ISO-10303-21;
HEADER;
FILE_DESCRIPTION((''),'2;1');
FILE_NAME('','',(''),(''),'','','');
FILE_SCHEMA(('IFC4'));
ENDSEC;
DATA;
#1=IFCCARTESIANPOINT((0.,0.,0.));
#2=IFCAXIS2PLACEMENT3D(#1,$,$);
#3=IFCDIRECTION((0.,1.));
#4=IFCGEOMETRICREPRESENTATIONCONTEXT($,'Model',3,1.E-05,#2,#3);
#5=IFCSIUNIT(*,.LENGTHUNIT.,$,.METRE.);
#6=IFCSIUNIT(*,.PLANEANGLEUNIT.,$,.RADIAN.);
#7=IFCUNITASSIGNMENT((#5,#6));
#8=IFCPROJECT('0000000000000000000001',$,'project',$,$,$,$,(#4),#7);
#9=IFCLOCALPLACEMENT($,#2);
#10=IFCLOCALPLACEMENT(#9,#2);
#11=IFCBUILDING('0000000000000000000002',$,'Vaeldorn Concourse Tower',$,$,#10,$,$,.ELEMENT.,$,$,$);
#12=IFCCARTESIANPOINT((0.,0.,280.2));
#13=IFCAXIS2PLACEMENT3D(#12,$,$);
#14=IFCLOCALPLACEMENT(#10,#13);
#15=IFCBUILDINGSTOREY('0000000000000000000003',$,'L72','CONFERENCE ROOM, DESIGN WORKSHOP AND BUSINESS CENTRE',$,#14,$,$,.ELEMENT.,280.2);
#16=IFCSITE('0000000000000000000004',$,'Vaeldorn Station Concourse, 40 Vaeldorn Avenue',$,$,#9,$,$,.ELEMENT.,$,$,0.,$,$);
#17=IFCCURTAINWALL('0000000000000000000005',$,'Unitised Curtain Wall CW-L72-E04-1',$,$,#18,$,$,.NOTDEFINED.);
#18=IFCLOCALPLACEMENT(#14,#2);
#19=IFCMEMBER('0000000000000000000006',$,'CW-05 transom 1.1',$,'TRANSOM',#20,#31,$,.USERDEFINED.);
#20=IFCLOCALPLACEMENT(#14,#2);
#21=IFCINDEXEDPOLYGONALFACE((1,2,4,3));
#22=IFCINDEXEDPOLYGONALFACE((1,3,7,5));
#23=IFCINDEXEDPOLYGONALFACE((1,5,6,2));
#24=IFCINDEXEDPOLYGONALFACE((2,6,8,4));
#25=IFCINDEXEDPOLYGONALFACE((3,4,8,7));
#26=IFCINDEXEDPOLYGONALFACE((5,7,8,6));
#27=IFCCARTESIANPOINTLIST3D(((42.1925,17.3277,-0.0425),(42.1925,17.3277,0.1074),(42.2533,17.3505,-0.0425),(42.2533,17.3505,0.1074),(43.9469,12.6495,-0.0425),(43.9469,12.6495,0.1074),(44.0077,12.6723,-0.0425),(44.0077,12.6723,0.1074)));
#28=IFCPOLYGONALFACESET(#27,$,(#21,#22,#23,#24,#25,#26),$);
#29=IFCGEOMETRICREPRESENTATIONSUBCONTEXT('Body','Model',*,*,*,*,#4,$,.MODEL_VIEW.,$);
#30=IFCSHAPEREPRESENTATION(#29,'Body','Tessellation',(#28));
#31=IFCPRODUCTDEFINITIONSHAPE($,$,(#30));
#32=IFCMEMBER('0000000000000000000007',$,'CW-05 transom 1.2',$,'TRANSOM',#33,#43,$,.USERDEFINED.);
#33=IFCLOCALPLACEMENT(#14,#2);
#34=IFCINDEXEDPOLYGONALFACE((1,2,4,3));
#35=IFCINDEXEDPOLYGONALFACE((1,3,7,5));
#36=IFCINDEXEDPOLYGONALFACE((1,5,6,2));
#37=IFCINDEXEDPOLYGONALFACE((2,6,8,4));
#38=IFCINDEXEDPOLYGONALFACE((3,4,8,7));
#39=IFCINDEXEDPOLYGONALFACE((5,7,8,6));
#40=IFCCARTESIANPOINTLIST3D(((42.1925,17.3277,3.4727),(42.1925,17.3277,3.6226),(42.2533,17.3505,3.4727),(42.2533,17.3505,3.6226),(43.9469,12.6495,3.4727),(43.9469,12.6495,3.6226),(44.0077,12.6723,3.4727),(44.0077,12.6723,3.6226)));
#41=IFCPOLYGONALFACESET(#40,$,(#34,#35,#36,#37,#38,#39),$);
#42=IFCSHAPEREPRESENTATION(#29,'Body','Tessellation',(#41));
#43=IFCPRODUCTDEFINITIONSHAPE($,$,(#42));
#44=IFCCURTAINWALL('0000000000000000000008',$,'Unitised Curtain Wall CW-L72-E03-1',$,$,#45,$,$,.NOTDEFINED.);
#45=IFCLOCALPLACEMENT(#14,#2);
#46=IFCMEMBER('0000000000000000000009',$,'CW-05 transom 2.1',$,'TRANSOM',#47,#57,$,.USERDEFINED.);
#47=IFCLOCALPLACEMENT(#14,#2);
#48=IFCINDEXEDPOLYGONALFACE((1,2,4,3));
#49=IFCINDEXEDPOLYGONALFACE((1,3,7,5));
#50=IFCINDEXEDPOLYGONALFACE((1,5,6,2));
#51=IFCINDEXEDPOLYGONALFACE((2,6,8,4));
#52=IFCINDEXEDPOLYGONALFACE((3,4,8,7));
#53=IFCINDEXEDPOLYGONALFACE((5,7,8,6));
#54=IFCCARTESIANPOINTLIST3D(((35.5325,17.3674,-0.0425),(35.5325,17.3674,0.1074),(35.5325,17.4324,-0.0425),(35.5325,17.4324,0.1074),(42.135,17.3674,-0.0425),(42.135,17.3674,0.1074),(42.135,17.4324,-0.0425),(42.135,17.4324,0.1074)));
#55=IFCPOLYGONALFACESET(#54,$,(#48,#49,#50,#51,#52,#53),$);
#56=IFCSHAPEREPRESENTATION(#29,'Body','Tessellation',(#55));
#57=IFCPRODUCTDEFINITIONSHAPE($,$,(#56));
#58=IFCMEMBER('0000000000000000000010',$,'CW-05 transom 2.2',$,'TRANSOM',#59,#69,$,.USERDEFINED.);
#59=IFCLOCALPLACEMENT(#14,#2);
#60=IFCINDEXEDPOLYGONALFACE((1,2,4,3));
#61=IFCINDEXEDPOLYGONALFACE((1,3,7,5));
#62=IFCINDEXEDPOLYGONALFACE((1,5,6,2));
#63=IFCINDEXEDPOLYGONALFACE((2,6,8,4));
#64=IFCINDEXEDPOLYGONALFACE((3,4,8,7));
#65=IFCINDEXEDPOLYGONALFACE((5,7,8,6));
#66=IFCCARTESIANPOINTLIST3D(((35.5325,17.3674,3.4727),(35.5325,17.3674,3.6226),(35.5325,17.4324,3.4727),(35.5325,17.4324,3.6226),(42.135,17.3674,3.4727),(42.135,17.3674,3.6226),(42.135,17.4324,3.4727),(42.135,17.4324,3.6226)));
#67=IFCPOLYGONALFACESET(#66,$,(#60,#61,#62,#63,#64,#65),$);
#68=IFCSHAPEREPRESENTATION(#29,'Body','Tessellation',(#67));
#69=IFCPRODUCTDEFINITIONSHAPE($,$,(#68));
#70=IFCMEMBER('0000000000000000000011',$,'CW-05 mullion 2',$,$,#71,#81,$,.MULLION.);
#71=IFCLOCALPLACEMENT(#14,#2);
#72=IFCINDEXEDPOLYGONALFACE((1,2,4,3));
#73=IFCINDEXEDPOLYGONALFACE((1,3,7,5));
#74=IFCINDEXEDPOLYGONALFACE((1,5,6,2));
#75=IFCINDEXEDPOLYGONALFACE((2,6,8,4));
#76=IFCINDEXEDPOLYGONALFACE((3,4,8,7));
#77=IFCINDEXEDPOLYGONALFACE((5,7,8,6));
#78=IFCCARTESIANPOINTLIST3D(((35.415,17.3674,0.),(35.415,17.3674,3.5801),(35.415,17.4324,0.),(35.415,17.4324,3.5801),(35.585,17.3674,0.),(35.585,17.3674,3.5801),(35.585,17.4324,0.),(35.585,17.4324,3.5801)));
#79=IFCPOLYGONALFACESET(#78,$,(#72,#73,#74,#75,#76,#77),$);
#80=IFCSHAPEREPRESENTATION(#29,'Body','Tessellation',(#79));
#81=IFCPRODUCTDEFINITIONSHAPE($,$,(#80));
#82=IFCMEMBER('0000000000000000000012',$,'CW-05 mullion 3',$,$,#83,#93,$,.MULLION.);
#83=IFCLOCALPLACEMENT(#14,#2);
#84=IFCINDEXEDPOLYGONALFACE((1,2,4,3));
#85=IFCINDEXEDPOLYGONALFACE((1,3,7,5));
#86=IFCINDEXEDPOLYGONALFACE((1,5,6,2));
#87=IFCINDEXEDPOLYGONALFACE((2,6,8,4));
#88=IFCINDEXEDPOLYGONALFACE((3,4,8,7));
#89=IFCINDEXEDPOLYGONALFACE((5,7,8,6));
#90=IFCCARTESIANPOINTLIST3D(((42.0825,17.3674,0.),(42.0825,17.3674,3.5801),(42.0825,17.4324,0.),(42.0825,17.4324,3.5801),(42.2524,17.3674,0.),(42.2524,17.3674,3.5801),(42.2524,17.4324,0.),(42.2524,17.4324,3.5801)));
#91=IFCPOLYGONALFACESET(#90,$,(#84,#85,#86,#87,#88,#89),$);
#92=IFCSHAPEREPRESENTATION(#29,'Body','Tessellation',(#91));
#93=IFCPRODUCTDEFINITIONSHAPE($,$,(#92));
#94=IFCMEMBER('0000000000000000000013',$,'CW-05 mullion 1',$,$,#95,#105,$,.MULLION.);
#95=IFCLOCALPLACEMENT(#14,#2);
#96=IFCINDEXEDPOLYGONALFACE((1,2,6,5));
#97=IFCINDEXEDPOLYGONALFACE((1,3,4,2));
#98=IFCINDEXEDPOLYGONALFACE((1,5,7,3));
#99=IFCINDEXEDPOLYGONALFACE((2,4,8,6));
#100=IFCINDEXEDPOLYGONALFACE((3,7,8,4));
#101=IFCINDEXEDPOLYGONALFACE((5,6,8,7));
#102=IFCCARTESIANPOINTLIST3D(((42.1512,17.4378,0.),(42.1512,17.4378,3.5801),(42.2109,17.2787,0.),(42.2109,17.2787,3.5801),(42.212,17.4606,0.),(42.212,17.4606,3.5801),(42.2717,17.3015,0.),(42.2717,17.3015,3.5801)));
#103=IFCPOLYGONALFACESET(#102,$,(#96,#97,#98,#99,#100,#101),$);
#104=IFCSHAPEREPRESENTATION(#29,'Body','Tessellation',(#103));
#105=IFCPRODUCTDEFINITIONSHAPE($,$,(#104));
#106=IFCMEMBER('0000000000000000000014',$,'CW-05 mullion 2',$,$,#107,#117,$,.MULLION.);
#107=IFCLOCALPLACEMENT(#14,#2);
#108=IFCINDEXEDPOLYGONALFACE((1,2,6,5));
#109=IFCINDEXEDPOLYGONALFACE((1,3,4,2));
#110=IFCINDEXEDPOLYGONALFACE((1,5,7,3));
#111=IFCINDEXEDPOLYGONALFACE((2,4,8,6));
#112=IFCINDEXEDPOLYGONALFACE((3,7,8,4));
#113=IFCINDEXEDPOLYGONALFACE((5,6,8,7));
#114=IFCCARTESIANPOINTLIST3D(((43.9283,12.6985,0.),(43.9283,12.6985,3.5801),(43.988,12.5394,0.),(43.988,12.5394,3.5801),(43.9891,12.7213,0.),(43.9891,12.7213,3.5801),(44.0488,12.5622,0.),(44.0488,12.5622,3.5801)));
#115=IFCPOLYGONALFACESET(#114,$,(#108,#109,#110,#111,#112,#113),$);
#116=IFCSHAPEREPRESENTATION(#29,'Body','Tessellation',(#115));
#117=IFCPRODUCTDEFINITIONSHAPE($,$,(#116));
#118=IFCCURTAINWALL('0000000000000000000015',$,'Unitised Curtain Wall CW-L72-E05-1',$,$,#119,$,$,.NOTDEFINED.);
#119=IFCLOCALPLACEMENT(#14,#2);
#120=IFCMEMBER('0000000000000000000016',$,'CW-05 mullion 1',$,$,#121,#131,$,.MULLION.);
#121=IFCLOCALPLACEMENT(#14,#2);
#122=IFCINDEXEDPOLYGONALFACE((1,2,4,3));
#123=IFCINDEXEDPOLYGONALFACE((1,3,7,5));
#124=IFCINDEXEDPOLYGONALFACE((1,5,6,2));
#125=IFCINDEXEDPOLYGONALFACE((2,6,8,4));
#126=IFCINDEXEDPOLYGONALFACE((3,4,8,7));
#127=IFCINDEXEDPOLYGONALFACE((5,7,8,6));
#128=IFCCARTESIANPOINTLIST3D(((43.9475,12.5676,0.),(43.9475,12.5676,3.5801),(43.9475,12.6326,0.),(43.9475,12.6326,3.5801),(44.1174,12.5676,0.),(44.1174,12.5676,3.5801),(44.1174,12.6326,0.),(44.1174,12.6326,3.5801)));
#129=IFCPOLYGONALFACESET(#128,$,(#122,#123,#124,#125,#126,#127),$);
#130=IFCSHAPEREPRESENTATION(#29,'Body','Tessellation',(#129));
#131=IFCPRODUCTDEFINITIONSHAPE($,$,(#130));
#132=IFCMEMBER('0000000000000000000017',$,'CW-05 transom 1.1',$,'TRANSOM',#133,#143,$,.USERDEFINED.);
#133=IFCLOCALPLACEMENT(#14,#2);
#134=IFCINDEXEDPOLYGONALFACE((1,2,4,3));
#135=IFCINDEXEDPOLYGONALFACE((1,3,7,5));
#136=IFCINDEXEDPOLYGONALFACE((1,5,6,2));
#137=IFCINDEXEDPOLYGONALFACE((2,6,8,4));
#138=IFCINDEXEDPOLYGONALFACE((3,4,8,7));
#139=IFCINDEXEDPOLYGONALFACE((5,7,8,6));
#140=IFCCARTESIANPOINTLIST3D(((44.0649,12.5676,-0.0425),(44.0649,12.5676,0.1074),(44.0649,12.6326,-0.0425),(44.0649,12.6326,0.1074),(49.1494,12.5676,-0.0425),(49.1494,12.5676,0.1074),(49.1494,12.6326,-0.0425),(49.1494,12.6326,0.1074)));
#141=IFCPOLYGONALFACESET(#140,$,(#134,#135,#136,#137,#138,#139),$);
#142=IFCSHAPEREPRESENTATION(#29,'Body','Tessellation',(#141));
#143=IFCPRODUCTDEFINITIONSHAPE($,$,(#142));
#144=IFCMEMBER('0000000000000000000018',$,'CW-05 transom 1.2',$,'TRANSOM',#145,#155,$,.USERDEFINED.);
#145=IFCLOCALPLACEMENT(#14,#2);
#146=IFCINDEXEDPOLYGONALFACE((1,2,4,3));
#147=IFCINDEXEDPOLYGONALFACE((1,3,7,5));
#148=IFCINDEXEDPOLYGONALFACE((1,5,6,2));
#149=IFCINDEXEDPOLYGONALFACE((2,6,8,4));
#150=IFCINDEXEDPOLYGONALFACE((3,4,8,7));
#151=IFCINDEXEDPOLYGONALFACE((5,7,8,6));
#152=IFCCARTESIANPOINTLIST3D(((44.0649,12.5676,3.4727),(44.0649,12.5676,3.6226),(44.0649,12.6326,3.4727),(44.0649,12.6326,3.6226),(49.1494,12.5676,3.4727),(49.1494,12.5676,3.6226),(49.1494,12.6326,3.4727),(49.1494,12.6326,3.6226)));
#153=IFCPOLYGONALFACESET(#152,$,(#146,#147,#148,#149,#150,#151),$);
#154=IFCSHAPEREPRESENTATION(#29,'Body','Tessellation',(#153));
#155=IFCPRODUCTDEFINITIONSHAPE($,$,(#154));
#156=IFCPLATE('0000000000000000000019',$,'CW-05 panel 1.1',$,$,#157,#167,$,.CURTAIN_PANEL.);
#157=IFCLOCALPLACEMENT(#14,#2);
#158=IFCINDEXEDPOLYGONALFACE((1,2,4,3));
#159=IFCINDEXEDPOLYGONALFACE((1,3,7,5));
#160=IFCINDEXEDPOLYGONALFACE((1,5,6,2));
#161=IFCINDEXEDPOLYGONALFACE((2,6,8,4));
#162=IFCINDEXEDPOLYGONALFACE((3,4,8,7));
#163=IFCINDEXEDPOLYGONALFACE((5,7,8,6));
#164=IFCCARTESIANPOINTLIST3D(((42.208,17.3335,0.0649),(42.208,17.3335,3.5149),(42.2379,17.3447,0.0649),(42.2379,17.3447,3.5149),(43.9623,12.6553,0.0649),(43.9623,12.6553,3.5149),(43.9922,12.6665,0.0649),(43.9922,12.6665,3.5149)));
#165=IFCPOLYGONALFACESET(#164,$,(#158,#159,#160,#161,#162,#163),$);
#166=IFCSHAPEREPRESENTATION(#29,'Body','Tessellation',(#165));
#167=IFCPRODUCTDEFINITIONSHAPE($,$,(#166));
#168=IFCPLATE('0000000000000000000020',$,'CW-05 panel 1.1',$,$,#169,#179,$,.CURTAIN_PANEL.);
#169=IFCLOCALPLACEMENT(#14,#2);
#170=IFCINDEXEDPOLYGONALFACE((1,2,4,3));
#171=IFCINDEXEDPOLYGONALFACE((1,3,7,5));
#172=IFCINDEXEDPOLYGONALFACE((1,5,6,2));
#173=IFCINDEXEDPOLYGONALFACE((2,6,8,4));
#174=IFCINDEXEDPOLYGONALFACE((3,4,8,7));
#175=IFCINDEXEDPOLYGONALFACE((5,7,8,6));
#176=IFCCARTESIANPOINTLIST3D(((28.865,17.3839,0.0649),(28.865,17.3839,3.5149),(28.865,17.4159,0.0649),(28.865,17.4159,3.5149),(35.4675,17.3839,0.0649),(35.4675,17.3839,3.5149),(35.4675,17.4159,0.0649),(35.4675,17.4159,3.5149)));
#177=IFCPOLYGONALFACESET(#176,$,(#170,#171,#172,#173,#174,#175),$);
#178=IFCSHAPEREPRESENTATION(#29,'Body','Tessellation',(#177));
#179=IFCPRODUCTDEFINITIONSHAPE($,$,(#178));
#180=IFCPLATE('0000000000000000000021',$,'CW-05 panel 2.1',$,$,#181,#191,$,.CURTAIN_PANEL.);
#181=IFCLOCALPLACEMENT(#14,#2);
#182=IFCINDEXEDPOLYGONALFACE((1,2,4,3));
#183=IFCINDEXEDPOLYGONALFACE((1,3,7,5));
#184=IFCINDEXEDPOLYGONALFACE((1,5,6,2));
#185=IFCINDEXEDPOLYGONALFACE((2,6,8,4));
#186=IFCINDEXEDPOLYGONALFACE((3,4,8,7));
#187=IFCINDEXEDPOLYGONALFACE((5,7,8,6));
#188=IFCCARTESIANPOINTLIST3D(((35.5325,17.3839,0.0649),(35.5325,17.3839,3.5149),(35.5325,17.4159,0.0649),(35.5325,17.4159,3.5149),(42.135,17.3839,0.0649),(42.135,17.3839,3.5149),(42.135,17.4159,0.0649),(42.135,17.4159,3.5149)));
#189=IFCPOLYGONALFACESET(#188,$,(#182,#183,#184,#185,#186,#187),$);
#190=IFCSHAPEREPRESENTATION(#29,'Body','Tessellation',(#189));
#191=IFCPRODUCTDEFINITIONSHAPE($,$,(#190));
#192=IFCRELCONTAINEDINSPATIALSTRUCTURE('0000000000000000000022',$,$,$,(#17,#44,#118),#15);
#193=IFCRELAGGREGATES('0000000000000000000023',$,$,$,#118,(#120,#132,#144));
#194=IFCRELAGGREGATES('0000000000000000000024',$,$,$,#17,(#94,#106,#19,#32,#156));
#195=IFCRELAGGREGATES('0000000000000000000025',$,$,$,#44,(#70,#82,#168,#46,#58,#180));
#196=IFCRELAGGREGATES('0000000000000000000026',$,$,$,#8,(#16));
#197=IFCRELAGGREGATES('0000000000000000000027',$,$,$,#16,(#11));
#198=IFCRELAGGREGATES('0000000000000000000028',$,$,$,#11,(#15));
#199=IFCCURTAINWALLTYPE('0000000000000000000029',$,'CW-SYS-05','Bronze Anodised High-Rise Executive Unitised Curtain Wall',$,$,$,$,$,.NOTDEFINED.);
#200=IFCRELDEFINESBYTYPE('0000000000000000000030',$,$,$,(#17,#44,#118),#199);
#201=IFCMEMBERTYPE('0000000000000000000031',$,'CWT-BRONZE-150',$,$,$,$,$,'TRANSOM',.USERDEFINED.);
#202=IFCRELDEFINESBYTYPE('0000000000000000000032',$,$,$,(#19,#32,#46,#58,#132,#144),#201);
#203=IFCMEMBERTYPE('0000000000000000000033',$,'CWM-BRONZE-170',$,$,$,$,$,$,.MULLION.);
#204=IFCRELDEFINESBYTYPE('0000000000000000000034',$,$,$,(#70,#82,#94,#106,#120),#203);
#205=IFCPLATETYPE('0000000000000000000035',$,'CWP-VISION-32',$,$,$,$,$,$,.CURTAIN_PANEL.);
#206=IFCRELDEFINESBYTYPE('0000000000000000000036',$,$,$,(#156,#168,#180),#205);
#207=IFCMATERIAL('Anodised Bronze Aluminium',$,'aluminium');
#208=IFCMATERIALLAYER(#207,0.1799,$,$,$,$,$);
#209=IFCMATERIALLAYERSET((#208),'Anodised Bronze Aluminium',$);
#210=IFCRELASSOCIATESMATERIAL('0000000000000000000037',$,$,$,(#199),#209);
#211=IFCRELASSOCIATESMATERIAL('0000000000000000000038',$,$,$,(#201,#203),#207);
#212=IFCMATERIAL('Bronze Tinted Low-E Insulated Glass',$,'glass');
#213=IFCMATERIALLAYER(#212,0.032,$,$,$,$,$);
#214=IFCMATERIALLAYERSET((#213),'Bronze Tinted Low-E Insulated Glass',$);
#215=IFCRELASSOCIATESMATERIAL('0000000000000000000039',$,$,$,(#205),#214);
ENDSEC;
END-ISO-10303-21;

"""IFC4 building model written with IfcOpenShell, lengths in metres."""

from ifc_helpers import new_model, si_unit, direction, frame, origin, origin_2d, place, context, subcontext, project, spatial, rectangle, extrude, source, transform, mapped, material, layer, layer_set, material_profile, profile_set, type_object, element, aggregate, save


model = new_model("IFC4")

# Units and contexts
model_context = context("Model", 3, precision=1e-05, world=origin(), true_north=direction((0.0, 1.0)))
body_context = subcontext(model_context, "Body", "Model", "MODEL_VIEW")
ifc_project = project(units=[si_unit("LENGTHUNIT", "METRE"), si_unit("PLANEANGLEUNIT", "RADIAN")], contexts=[model_context])

# Site, building, storey
site_placement = place(None, origin())
site = spatial("IfcSite", under=ifc_project, at=site_placement, Name="Vaeldorn Station Concourse, 40 Vaeldorn Avenue", CompositionType="ELEMENT", RefElevation=0.0)
building_placement = place(site_placement, origin())
building = spatial("IfcBuilding", under=site, at=building_placement, Name="Vaeldorn Concourse Tower", CompositionType="ELEMENT")
storey_placement = place(building_placement, frame((0.0, 0.0, 280.2)))
storey = spatial("IfcBuildingStorey", under=building, at=storey_placement, Name="L72", Description="CONFERENCE ROOM, DESIGN WORKSHOP AND BUSINESS CENTRE", CompositionType="ELEMENT", Elevation=280.2)

# Curtain walls, members
ifc_material_1 = material(Name="Anodised Bronze Aluminium", Category="aluminium")
ifc_layer_1 = layer(ifc_material_1, 0.1799)
ifc_layer_set_1 = layer_set([ifc_layer_1], Name="Anodised Bronze Aluminium")
curtain_wall_type = type_object("IfcCurtainWallType", Name="CW-SYS-05", Description="Bronze Anodised High-Rise Executive Unitised Curtain Wall", PredefinedType="NOTDEFINED", material=ifc_layer_set_1)
curtain_wall_1_placement = place(storey_placement, origin())
curtain_wall_1 = element("IfcCurtainWall", 1, at=curtain_wall_1_placement, inside=storey, type_object=curtain_wall_type, Name="Unitised Curtain Wall CW-L72-E04-1", PredefinedType="NOTDEFINED")
ifc_material_profile_1 = material_profile(ifc_material_1, rectangle(XDim=0.0649, YDim=0.1499, at=origin_2d()), Name="CWT 65x150")
ifc_profile_set_1 = profile_set([ifc_material_profile_1], Name="Anodised Bronze Aluminium")
member_type_1 = type_object("IfcMemberType", Name="CWT-BRONZE-150", ElementType="TRANSOM", PredefinedType="USERDEFINED", material=ifc_profile_set_1)
shared_shape_1 = source(origin(), body_context, "Body", "SweptSolid", [
    extrude(rectangle(XDim=0.0649, YDim=0.1499, at=origin_2d()), origin(), (0.0, 0.0, 1.0), 4.9963),
])
member_1_placement = place(storey_placement, frame((42.2229, 17.3391, 0.0325), z_axis=(0.351134, -0.936325, 0.0), x_axis=(0.936325, 0.351134, 0.0)))
member_1 = element("IfcMember", 2, at=member_1_placement, type_object=member_type_1, Name="CW-05 transom 1.1", ObjectType="TRANSOM", PredefinedType="USERDEFINED", context=body_context, shape_type="MappedRepresentation", body=[
    mapped(shared_shape_1, transform((0.0, 0.0, 0.0), scale=1.0)),
])
member_2_placement = place(storey_placement, frame((42.2229, 17.3391, 3.5476), z_axis=(0.351134, -0.936325, 0.0), x_axis=(0.936325, 0.351134, 0.0)))
member_2 = element("IfcMember", 3, at=member_2_placement, type_object=member_type_1, Name="CW-05 transom 1.2", ObjectType="TRANSOM", PredefinedType="USERDEFINED", context=body_context, shape_type="MappedRepresentation", body=[
    mapped(shared_shape_1, transform((0.0, 0.0, 0.0), scale=1.0)),
])
curtain_wall_2_placement = place(storey_placement, origin())
curtain_wall_2 = element("IfcCurtainWall", 4, at=curtain_wall_2_placement, inside=storey, type_object=curtain_wall_type, Name="Unitised Curtain Wall CW-L72-E03-1", PredefinedType="NOTDEFINED")
shared_shape_2 = source(origin(), body_context, "Body", "SweptSolid", [
    extrude(rectangle(XDim=0.0649, YDim=0.1499, at=origin_2d()), origin(), (0.0, 0.0, 1.0), 6.6025),
])
member_3_placement = place(storey_placement, frame((35.5325, 17.3999, 0.0325), z_axis=(1.0, 0.0, 0.0), x_axis=(0.0, 1.0, 0.0)))
member_3 = element("IfcMember", 5, at=member_3_placement, type_object=member_type_1, Name="CW-05 transom 2.1", ObjectType="TRANSOM", PredefinedType="USERDEFINED", context=body_context, shape_type="MappedRepresentation", body=[
    mapped(shared_shape_2, transform((0.0, 0.0, 0.0), scale=1.0)),
])
member_4_placement = place(storey_placement, frame((35.5325, 17.3999, 3.5476), z_axis=(1.0, 0.0, 0.0), x_axis=(0.0, 1.0, 0.0)))
member_4 = element("IfcMember", 6, at=member_4_placement, type_object=member_type_1, Name="CW-05 transom 2.2", ObjectType="TRANSOM", PredefinedType="USERDEFINED", context=body_context, shape_type="MappedRepresentation", body=[
    mapped(shared_shape_2, transform((0.0, 0.0, 0.0), scale=1.0)),
])
ifc_material_profile_2 = material_profile(ifc_material_1, rectangle(XDim=0.0649, YDim=0.1699, at=origin_2d()), Name="CWM 65x170")
ifc_profile_set_2 = profile_set([ifc_material_profile_2], Name="Anodised Bronze Aluminium")
member_type_2 = type_object("IfcMemberType", Name="CWM-BRONZE-170", PredefinedType="MULLION", material=ifc_profile_set_2)
shared_shape_3 = source(origin(), body_context, "Body", "SweptSolid", [
    extrude(rectangle(XDim=0.0649, YDim=0.1699, at=origin_2d()), origin(), (0.0, 0.0, 1.0), 3.5801),
])
member_5_placement = place(storey_placement, frame((35.5, 17.3999, 0.0), z_axis=(0.0, 0.0, 1.0), x_axis=(0.0, 1.0, 0.0)))
member_5 = element("IfcMember", 7, at=member_5_placement, type_object=member_type_2, Name="CW-05 mullion 2", PredefinedType="MULLION", context=body_context, shape_type="MappedRepresentation", body=[
    mapped(shared_shape_3, transform((0.0, 0.0, 0.0), scale=1.0)),
])
member_6_placement = place(storey_placement, frame((42.1675, 17.3999, 0.0), z_axis=(0.0, 0.0, 1.0), x_axis=(0.0, 1.0, 0.0)))
member_6 = element("IfcMember", 8, at=member_6_placement, type_object=member_type_2, Name="CW-05 mullion 3", PredefinedType="MULLION", context=body_context, shape_type="MappedRepresentation", body=[
    mapped(shared_shape_3, transform((0.0, 0.0, 0.0), scale=1.0)),
])

# Members
member_7_placement = place(storey_placement, frame((42.2114, 17.3696, 0.0), z_axis=(0.0, 0.0, 1.0), x_axis=(0.936329, 0.351123, 0.0)))
member_7 = element("IfcMember", 9, at=member_7_placement, type_object=member_type_2, Name="CW-05 mullion 1", PredefinedType="MULLION", context=body_context, shape_type="MappedRepresentation", body=[
    mapped(shared_shape_3, transform((0.0, 0.0, 0.0), scale=1.0)),
])
member_8_placement = place(storey_placement, frame((43.9885, 12.6304, 0.0), z_axis=(0.0, 0.0, 1.0), x_axis=(0.936329, 0.351123, 0.0)))
member_8 = element("IfcMember", 10, at=member_8_placement, type_object=member_type_2, Name="CW-05 mullion 2", PredefinedType="MULLION", context=body_context, shape_type="MappedRepresentation", body=[
    mapped(shared_shape_3, transform((0.0, 0.0, 0.0), scale=1.0)),
])

# Curtain wall, members
curtain_wall_3_placement = place(storey_placement, origin())
curtain_wall_3 = element("IfcCurtainWall", 11, at=curtain_wall_3_placement, inside=storey, type_object=curtain_wall_type, Name="Unitised Curtain Wall CW-L72-E05-1", PredefinedType="NOTDEFINED")
member_9_placement = place(storey_placement, frame((44.0325, 12.6001, 0.0), z_axis=(0.0, 0.0, 1.0), x_axis=(0.0, 1.0, 0.0)))
member_9 = element("IfcMember", 12, at=member_9_placement, type_object=member_type_2, Name="CW-05 mullion 1", PredefinedType="MULLION", context=body_context, shape_type="MappedRepresentation", body=[
    mapped(shared_shape_3, transform((0.0, 0.0, 0.0), scale=1.0)),
])
shared_shape_4 = source(origin(), body_context, "Body", "SweptSolid", [
    extrude(rectangle(XDim=0.0649, YDim=0.1499, at=origin_2d()), origin(), (0.0, 0.0, 1.0), 5.0845),
])
member_10_placement = place(storey_placement, frame((44.0649, 12.6001, 0.0325), z_axis=(1.0, 0.0, 0.0), x_axis=(0.0, 1.0, 0.0)))
member_10 = element("IfcMember", 13, at=member_10_placement, type_object=member_type_1, Name="CW-05 transom 1.1", ObjectType="TRANSOM", PredefinedType="USERDEFINED", context=body_context, shape_type="MappedRepresentation", body=[
    mapped(shared_shape_4, transform((0.0, 0.0, 0.0), scale=1.0)),
])
member_11_placement = place(storey_placement, frame((44.0649, 12.6001, 3.5476), z_axis=(1.0, 0.0, 0.0), x_axis=(0.0, 1.0, 0.0)))
member_11 = element("IfcMember", 14, at=member_11_placement, type_object=member_type_1, Name="CW-05 transom 1.2", ObjectType="TRANSOM", PredefinedType="USERDEFINED", context=body_context, shape_type="MappedRepresentation", body=[
    mapped(shared_shape_4, transform((0.0, 0.0, 0.0), scale=1.0)),
])
aggregate(curtain_wall_3, [member_9, member_10, member_11])

# Plates
ifc_material_2 = material(Name="Bronze Tinted Low-E Insulated Glass", Category="glass")
ifc_layer_2 = layer(ifc_material_2, 0.032)
ifc_layer_set_2 = layer_set([ifc_layer_2], Name="Bronze Tinted Low-E Insulated Glass")
plate_type = type_object("IfcPlateType", Name="CWP-VISION-32", PredefinedType="CURTAIN_PANEL", material=ifc_layer_set_2)
shared_shape_5 = source(origin(), body_context, "Body", "SweptSolid", [
    extrude(rectangle(XDim=4.9963, YDim=0.032, at=origin_2d()), origin(), (0.0, 0.0, 1.0), 3.45),
])
plate_1_placement = place(storey_placement, frame((43.1001, 15.0, 0.0649), z_axis=(0.0, 0.0, 1.0), x_axis=(0.351123, -0.936329, 0.0)))
plate_1 = element("IfcPlate", 15, at=plate_1_placement, type_object=plate_type, Name="CW-05 panel 1.1", PredefinedType="CURTAIN_PANEL", context=body_context, shape_type="MappedRepresentation", body=[
    mapped(shared_shape_5, transform((0.0, 0.0, 0.0), scale=1.0)),
])
aggregate(curtain_wall_1, [member_7, member_8, member_1, member_2, plate_1])
shared_shape_6 = source(origin(), body_context, "Body", "SweptSolid", [
    extrude(rectangle(XDim=6.6025, YDim=0.032, at=origin_2d()), origin(), (0.0, 0.0, 1.0), 3.45),
])
plate_2_placement = place(storey_placement, frame((32.1663, 17.3999, 0.0649), z_axis=(0.0, 0.0, 1.0), x_axis=(1.0, 0.0, 0.0)))
plate_2 = element("IfcPlate", 16, at=plate_2_placement, type_object=plate_type, Name="CW-05 panel 1.1", PredefinedType="CURTAIN_PANEL", context=body_context, shape_type="MappedRepresentation", body=[
    mapped(shared_shape_6, transform((0.0, 0.0, 0.0), scale=1.0)),
])
plate_3_placement = place(storey_placement, frame((38.8337, 17.3999, 0.0649), z_axis=(0.0, 0.0, 1.0), x_axis=(1.0, 0.0, 0.0)))
plate_3 = element("IfcPlate", 17, at=plate_3_placement, type_object=plate_type, Name="CW-05 panel 2.1", PredefinedType="CURTAIN_PANEL", context=body_context, shape_type="MappedRepresentation", body=[
    mapped(shared_shape_6, transform((0.0, 0.0, 0.0), scale=1.0)),
])
aggregate(curtain_wall_2, [member_5, member_6, plate_2, member_3, member_4, plate_3])

save(model, "model.ifc")
